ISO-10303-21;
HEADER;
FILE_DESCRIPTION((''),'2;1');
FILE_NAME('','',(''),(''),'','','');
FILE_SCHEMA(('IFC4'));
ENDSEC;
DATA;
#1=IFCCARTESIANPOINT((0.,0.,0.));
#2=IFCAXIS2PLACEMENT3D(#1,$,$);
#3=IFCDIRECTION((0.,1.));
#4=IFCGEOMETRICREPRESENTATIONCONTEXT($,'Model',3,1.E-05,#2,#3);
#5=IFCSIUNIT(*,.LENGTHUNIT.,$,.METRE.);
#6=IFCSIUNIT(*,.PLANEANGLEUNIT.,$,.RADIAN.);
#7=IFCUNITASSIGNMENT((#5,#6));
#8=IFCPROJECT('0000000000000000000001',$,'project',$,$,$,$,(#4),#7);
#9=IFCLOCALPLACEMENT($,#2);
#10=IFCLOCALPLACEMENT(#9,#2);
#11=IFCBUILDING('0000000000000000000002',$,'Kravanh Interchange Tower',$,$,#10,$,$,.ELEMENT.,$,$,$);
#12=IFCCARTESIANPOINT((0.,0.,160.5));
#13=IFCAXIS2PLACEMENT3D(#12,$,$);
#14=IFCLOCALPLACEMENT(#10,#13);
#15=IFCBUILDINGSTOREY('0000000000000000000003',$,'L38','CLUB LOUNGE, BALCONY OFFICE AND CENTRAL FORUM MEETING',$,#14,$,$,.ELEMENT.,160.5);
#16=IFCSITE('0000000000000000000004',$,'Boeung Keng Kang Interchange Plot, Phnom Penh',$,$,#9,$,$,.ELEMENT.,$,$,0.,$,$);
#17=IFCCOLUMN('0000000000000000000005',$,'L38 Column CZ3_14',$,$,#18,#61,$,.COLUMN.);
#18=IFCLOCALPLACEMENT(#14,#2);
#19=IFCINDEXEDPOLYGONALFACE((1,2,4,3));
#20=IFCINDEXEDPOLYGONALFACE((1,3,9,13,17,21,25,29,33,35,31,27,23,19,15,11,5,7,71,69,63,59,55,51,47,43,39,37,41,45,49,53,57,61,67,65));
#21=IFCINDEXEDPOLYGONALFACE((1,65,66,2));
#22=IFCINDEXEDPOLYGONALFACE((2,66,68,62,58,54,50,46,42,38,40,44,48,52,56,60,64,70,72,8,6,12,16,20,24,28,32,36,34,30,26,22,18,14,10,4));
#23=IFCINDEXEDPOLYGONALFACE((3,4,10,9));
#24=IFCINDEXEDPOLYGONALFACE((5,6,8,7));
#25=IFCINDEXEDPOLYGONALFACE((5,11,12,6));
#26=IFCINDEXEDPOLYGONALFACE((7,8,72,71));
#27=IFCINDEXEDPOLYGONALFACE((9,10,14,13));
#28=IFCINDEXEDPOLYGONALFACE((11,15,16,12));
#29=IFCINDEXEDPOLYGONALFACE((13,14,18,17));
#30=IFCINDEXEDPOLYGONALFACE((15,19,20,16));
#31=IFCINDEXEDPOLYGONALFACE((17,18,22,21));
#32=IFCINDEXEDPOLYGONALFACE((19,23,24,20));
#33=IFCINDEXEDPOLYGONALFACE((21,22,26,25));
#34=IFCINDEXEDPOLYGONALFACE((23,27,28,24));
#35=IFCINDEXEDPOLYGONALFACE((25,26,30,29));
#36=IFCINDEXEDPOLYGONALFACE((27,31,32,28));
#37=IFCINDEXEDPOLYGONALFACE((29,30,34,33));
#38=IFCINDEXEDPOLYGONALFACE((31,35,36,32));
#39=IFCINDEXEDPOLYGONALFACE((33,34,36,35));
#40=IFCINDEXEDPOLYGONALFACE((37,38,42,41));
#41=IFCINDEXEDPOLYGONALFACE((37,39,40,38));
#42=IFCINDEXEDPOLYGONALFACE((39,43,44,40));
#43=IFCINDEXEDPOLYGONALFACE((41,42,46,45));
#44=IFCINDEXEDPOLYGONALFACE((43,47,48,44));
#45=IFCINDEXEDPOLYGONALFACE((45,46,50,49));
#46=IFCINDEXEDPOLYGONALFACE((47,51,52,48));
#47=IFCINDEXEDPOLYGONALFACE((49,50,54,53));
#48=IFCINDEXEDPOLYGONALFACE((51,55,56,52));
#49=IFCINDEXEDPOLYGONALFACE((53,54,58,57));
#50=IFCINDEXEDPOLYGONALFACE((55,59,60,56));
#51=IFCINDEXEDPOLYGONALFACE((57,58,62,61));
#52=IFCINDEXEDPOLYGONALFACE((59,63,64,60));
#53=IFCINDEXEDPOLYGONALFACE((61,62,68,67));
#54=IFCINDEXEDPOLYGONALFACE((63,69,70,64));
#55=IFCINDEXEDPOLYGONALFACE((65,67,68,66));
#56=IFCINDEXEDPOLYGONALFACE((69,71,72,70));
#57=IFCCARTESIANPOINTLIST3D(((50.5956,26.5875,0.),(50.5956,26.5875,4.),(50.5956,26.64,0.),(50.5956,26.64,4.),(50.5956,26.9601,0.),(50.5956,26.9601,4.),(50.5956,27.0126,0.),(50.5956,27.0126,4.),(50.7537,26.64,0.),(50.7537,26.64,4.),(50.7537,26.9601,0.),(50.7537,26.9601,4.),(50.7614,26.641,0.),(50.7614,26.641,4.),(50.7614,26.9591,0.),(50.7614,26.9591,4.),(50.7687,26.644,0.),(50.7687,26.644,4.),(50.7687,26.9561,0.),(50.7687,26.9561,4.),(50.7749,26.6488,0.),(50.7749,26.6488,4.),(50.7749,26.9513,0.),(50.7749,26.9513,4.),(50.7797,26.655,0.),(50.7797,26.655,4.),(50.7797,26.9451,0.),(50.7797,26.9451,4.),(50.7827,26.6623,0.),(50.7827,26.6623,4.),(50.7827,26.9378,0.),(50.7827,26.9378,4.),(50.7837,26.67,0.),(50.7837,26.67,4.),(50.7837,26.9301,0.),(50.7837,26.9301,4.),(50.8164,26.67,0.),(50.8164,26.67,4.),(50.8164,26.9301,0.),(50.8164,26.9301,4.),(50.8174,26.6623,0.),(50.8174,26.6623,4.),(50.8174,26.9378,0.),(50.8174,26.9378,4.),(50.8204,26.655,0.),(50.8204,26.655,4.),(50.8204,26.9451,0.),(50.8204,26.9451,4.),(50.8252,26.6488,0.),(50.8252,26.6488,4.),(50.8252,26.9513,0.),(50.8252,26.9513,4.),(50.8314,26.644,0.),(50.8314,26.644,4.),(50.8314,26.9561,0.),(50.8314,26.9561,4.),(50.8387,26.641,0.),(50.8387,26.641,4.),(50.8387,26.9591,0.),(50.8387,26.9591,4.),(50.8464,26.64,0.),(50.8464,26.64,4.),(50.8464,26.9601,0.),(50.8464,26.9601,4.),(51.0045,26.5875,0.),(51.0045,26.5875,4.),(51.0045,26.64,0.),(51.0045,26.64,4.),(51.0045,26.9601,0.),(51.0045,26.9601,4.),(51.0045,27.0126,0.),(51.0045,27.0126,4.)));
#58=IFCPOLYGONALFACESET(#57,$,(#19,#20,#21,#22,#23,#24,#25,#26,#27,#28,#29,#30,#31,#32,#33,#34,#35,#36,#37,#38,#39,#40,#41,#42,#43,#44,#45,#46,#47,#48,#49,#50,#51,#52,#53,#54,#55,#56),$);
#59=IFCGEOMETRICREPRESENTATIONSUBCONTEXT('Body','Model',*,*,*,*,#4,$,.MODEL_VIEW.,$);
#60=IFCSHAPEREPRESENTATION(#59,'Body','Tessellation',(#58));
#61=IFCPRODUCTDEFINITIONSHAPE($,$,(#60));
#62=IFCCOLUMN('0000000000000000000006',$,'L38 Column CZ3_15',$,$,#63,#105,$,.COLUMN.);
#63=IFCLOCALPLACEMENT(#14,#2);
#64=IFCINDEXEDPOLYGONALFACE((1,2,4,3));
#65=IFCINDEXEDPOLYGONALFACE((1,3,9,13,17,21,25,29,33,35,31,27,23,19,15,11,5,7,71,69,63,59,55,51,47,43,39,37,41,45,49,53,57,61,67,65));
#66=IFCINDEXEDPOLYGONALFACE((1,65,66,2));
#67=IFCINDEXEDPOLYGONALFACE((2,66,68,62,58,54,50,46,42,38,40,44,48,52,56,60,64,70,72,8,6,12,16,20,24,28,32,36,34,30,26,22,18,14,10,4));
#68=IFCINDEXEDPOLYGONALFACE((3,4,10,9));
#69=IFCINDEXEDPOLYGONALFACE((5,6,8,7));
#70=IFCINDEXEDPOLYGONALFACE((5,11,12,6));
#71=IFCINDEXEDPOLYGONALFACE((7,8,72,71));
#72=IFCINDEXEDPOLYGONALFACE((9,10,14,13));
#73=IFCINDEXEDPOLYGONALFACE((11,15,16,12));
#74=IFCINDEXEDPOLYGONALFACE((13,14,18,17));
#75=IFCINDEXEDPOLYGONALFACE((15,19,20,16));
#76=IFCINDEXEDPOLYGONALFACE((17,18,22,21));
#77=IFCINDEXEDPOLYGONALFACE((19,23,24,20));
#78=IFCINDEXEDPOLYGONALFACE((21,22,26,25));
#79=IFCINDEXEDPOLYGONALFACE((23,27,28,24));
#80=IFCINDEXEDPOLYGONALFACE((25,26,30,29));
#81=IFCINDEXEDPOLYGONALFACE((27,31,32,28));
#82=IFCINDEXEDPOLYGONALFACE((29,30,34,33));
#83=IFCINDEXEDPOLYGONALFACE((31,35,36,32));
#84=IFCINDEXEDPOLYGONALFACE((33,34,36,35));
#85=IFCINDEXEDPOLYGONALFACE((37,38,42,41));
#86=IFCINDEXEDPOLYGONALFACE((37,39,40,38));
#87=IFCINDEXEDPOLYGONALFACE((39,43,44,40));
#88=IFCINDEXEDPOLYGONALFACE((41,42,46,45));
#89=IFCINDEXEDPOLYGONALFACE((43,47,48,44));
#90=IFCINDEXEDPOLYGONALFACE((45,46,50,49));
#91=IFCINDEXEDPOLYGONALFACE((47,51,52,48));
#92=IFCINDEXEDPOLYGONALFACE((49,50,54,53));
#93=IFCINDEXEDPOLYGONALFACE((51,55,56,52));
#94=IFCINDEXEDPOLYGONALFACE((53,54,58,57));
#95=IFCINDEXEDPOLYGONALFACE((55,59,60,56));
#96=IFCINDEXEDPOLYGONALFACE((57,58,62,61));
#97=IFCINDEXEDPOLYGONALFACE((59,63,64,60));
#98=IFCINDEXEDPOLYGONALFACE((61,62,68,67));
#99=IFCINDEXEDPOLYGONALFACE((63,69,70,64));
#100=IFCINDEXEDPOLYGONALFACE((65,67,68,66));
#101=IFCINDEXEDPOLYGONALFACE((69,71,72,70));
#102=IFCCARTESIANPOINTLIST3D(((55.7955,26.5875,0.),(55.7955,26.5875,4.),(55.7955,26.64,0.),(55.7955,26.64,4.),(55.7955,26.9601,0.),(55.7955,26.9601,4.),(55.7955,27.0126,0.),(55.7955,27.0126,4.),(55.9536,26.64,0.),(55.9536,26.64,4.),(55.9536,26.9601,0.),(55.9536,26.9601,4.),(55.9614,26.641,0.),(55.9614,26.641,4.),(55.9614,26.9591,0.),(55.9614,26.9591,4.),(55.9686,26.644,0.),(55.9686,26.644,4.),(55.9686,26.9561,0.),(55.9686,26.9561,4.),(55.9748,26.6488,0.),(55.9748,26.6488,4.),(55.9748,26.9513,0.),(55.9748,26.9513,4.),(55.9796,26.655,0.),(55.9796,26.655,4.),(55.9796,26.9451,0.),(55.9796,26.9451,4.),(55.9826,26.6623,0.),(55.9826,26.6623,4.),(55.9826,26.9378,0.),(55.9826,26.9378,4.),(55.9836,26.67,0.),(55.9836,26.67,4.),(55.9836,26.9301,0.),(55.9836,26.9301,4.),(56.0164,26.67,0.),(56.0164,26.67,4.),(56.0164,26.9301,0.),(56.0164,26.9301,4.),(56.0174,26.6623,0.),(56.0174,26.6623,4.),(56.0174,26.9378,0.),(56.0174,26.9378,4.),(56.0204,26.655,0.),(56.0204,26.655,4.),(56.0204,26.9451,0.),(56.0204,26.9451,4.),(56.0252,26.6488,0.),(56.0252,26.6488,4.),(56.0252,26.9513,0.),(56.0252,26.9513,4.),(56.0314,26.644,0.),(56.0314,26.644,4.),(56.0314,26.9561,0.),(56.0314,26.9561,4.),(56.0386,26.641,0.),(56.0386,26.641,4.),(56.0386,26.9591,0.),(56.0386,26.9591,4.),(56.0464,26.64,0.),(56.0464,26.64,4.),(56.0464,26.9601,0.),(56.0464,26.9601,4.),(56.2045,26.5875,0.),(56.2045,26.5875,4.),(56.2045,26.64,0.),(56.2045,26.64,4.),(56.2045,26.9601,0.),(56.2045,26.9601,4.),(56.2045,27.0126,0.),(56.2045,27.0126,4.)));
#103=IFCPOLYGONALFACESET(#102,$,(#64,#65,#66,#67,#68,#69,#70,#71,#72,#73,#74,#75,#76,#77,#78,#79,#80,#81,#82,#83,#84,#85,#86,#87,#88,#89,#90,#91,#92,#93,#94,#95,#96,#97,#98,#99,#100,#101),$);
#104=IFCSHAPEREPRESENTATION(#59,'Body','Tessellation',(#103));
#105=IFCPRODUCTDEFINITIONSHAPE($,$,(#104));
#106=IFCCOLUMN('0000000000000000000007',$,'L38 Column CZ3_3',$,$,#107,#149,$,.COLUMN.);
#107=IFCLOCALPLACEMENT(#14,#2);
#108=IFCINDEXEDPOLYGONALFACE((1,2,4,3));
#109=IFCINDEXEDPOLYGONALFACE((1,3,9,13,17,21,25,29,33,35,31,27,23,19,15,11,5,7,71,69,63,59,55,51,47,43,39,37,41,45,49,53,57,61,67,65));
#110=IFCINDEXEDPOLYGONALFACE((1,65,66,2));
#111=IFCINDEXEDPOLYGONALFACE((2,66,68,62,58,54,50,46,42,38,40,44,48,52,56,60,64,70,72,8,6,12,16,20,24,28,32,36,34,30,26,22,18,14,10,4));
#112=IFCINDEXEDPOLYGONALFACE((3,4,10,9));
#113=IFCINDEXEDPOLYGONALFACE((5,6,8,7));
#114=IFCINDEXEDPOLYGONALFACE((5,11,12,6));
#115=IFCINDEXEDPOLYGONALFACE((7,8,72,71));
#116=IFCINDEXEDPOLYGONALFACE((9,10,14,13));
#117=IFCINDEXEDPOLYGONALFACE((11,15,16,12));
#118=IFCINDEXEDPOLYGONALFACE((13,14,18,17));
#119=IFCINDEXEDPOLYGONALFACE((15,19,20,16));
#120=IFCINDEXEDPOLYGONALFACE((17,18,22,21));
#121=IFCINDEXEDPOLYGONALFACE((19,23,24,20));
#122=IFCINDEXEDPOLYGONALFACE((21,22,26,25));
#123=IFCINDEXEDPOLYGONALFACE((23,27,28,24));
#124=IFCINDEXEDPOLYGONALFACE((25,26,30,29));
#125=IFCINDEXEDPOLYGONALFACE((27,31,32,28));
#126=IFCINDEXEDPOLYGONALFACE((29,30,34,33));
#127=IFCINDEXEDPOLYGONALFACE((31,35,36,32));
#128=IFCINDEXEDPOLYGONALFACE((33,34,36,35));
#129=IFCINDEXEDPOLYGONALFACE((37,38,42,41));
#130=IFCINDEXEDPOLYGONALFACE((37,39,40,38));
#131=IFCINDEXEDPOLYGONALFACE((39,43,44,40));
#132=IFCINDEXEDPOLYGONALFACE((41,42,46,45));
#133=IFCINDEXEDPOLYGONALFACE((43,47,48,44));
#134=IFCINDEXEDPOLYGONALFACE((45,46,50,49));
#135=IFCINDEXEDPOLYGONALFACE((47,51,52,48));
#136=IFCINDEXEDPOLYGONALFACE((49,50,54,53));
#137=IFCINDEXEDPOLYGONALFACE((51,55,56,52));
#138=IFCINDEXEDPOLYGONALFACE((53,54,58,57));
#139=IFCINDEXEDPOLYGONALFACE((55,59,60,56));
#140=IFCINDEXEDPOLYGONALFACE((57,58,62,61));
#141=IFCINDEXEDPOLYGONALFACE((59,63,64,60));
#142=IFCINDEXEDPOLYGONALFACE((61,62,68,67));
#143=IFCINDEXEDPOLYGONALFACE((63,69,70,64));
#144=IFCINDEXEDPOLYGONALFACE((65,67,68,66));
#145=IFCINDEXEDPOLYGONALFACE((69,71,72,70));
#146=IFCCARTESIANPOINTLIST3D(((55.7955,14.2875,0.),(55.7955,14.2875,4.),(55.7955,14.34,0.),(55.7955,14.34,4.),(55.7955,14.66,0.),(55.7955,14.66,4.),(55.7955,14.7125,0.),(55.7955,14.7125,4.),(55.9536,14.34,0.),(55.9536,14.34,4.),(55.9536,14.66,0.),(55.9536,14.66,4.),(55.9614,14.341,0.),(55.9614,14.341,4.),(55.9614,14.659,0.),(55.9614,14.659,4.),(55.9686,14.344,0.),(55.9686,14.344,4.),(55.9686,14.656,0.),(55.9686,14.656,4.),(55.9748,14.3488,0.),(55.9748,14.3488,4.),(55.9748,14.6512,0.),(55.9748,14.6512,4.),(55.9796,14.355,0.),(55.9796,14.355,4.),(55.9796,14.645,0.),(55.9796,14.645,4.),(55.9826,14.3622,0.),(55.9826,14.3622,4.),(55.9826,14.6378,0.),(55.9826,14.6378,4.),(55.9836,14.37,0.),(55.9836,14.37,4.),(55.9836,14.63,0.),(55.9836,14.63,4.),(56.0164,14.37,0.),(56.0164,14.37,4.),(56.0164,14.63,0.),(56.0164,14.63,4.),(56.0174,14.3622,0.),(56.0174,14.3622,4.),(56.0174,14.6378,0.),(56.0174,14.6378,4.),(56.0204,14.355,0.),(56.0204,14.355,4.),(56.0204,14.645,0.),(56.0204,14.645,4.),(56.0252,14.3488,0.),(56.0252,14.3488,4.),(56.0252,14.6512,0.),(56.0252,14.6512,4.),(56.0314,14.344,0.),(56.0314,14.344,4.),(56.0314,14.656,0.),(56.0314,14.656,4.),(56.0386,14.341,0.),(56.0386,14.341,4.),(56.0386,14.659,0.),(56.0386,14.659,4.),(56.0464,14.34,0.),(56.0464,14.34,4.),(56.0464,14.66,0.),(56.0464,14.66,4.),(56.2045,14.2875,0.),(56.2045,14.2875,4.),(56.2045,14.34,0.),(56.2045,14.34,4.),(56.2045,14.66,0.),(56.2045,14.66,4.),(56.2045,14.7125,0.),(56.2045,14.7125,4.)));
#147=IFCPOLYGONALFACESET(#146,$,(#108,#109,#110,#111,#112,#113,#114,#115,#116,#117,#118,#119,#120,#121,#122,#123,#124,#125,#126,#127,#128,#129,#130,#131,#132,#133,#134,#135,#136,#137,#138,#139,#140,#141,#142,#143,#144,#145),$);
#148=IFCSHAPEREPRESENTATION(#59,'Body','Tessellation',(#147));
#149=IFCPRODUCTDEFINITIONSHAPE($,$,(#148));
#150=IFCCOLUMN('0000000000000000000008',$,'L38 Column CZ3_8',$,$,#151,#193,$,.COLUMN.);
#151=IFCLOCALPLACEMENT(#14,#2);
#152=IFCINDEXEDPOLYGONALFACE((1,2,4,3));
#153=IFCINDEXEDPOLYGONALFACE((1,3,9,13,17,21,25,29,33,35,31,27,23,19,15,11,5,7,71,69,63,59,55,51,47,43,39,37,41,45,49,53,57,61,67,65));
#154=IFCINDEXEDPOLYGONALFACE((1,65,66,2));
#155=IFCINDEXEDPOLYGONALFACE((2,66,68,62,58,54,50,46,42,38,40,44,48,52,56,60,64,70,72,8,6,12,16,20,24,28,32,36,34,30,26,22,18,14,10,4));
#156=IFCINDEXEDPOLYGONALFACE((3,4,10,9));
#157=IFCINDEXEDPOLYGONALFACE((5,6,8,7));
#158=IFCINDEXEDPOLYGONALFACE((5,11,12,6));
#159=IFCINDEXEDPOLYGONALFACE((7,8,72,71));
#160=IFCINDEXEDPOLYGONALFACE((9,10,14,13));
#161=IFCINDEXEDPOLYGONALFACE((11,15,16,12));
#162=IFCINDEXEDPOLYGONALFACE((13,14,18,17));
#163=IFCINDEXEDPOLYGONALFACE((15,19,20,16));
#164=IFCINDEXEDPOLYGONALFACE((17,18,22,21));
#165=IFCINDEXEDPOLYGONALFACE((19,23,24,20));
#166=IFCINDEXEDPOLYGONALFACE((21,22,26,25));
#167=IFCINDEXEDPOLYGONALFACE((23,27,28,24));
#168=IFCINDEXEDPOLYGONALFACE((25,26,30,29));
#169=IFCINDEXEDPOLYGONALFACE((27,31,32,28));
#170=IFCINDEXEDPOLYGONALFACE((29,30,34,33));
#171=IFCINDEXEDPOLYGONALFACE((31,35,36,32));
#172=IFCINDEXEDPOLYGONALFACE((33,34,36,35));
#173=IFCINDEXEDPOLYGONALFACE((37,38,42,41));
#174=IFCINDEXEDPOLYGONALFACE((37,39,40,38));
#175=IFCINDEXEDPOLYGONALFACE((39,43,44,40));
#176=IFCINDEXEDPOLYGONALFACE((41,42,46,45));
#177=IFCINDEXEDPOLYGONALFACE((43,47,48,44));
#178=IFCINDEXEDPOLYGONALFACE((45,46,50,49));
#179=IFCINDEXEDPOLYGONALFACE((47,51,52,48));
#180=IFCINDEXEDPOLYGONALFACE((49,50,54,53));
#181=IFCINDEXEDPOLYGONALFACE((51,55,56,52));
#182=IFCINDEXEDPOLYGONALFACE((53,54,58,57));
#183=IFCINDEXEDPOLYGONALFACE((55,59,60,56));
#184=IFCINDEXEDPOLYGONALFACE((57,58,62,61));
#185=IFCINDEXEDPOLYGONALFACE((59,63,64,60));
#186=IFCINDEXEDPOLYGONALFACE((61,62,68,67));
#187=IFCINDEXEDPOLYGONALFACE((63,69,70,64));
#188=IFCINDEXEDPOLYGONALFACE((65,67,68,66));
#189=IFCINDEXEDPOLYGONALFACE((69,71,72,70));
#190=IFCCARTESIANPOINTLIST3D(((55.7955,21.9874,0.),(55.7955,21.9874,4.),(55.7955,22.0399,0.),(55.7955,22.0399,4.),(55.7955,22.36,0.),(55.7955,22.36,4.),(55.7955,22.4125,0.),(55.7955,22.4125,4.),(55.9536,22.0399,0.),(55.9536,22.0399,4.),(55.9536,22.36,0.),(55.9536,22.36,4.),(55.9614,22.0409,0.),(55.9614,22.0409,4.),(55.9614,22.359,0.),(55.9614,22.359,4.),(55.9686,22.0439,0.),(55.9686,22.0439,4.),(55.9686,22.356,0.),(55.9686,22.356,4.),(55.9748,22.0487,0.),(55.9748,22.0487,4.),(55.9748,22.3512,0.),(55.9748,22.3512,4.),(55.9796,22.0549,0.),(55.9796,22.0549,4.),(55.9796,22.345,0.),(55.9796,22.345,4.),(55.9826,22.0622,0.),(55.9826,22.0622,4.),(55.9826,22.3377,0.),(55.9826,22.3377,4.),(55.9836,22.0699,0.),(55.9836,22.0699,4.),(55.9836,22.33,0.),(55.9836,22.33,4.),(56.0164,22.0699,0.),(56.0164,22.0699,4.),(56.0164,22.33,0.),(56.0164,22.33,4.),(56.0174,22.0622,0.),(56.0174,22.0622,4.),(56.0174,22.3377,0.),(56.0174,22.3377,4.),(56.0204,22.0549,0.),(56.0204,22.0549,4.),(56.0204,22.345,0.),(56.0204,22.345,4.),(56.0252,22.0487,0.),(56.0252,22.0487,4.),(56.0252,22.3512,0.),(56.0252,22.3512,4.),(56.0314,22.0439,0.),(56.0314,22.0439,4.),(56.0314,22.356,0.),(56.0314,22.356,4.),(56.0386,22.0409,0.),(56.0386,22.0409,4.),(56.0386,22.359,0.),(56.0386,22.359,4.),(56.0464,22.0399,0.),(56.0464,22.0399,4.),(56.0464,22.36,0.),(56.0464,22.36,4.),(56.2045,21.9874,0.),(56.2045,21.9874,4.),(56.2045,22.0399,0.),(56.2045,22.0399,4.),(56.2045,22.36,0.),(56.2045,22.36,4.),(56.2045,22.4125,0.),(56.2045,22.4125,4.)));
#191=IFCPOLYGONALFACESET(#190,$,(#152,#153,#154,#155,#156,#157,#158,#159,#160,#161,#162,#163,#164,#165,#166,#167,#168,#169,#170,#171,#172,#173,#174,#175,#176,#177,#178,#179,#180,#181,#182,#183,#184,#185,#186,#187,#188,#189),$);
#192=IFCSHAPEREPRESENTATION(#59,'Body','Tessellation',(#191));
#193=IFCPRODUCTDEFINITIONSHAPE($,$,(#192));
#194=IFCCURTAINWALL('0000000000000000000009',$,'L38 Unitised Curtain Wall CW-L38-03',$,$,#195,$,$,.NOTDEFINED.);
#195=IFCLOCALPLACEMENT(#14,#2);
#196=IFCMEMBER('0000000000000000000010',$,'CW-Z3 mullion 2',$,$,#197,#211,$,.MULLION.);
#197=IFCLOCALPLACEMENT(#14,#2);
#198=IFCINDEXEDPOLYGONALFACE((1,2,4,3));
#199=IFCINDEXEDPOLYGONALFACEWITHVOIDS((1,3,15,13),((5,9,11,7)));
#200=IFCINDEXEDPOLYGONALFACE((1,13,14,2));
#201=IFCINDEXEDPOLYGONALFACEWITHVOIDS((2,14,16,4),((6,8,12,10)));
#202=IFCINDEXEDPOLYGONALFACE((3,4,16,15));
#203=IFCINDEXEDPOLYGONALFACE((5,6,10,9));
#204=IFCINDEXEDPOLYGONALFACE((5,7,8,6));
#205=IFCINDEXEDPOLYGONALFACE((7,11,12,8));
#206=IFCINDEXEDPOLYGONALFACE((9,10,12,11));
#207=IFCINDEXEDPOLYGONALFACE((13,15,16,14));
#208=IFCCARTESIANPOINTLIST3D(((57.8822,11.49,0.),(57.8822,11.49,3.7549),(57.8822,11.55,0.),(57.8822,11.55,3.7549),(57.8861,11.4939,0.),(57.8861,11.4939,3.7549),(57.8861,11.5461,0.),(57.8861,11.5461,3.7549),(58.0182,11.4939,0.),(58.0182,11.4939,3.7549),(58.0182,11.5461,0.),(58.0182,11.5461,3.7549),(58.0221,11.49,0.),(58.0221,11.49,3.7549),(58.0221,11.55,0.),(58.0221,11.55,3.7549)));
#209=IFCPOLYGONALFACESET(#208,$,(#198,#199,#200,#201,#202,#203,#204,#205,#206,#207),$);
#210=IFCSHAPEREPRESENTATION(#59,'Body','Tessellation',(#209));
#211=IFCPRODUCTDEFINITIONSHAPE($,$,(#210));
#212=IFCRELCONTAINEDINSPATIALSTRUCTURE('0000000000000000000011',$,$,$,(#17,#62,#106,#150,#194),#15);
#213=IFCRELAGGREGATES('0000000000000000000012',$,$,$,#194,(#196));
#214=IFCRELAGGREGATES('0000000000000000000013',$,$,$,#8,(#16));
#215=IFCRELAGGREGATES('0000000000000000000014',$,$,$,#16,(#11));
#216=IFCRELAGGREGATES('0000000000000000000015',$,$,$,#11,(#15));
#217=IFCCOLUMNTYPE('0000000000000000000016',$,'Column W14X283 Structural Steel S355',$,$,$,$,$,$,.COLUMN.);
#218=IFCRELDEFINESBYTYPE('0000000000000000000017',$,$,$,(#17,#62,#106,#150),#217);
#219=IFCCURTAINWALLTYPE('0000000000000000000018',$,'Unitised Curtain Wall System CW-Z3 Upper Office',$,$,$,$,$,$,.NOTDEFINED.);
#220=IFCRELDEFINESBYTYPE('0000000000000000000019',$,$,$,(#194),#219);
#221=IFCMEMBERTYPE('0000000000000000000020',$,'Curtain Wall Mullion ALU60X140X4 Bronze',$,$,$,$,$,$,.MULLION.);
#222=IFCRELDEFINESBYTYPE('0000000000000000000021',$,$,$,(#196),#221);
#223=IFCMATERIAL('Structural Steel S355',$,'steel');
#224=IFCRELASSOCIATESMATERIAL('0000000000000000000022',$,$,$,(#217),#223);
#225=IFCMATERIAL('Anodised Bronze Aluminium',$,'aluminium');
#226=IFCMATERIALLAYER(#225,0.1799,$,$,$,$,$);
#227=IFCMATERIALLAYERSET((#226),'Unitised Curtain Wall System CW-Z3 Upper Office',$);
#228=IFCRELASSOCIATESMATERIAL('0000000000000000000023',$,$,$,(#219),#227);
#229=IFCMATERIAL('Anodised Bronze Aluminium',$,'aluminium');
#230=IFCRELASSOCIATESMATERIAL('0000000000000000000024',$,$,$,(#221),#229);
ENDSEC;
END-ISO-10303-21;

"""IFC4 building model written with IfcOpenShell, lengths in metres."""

from ifc_helpers import new_model, si_unit, direction, frame, origin, origin_2d, place, context, subcontext, project, spatial, hollow_rectangle, i_section, extrude, material, layer, layer_set, material_profile, profile_set, type_object, element, aggregate, save


model = new_model("IFC4")

# Units and contexts
model_context = context("Model", 3, precision=1e-05, world=origin(), true_north=direction((0.0, 1.0)))
body_context = subcontext(model_context, "Body", "Model", "MODEL_VIEW")
ifc_project = project(units=[si_unit("LENGTHUNIT", "METRE"), si_unit("PLANEANGLEUNIT", "RADIAN")], contexts=[model_context])

# Site, building, storey
site_placement = place(None, origin())
site = spatial("IfcSite", under=ifc_project, at=site_placement, Name="Boeung Keng Kang Interchange Plot, Phnom Penh", CompositionType="ELEMENT", RefElevation=0.0)
building_placement = place(site_placement, origin())
building = spatial("IfcBuilding", under=site, at=building_placement, Name="Kravanh Interchange Tower", CompositionType="ELEMENT")
storey_placement = place(building_placement, frame((0.0, 0.0, 160.5)))
storey = spatial("IfcBuildingStorey", under=building, at=storey_placement, Name="L38", Description="CLUB LOUNGE, BALCONY OFFICE AND CENTRAL FORUM MEETING", CompositionType="ELEMENT", Elevation=160.5)

# Columns
ifc_material_1 = material(Name="Structural Steel S355", Category="steel")
ifc_material_profile_1 = material_profile(ifc_material_1, i_section(OverallWidth=0.4089, OverallDepth=0.425, WebThickness=0.0327, FlangeThickness=0.0525, FilletRadius=0.03, at=origin_2d()), Name="W14X283")
ifc_profile_set_1 = profile_set([ifc_material_profile_1], Name="Structural Steel S355")
column_type = type_object("IfcColumnType", Name="Column W14X283 Structural Steel S355", PredefinedType="COLUMN", material=ifc_profile_set_1)
for number, where, z_axis, x_axis, name in (
    (1, (50.8, 26.8, 0.0), (0.0, 0.0, 1.0), (1.0, 0.0, 0.0), "L38 Column CZ3_14"),
    (2, (56.0, 26.8, 0.0), (0.0, 0.0, 1.0), (1.0, 0.0, 0.0), "L38 Column CZ3_15"),
    (3, (56.0, 14.5, 0.0), (0.0, 0.0, 1.0), (1.0, 0.0, 0.0), "L38 Column CZ3_3"),
    (4, (56.0, 22.2, 0.0), (0.0, 0.0, 1.0), (1.0, 0.0, 0.0), "L38 Column CZ3_8"),
):
    element("IfcColumn", number, at=place(storey_placement, frame(where, z_axis=z_axis, x_axis=x_axis)), inside=storey, type_object=column_type, Name=name, PredefinedType="COLUMN", context=body_context, shape_type="SweptSolid", body=[
        extrude(i_section(OverallWidth=0.4089, OverallDepth=0.425, WebThickness=0.0327, FlangeThickness=0.0525, FilletRadius=0.03, at=origin_2d()), origin(), (0.0, 0.0, 1.0), 4.0),
    ])

# Curtain wall, member
ifc_material_2 = material(Name="Anodised Bronze Aluminium", Category="aluminium")
ifc_layer_1 = layer(ifc_material_2, 0.1799)
ifc_layer_set_1 = layer_set([ifc_layer_1], Name="Unitised Curtain Wall System CW-Z3 Upper Office")
curtain_wall_type = type_object("IfcCurtainWallType", Name="Unitised Curtain Wall System CW-Z3 Upper Office", PredefinedType="NOTDEFINED", material=ifc_layer_set_1)
curtain_wall_1_placement = place(storey_placement, origin())
curtain_wall_1 = element("IfcCurtainWall", 5, at=curtain_wall_1_placement, inside=storey, type_object=curtain_wall_type, Name="L38 Unitised Curtain Wall CW-L38-03", PredefinedType="NOTDEFINED")
ifc_material_3 = material(Name="Anodised Bronze Aluminium", Category="aluminium")
ifc_material_profile_2 = material_profile(ifc_material_3, hollow_rectangle(XDim=0.0601, YDim=0.1399, WallThickness=0.0039, at=origin_2d()), Name="ALU60X140X4")
ifc_profile_set_2 = profile_set([ifc_material_profile_2], Name="Anodised Bronze Aluminium")
member_type_1 = type_object("IfcMemberType", Name="Curtain Wall Mullion ALU60X140X4 Bronze", PredefinedType="MULLION", material=ifc_profile_set_2)
member_1_placement = place(storey_placement, frame((57.9521, 11.52, 0.0), z_axis=(0.0, 0.0, 1.0), x_axis=(0.0, -1.0, 0.0)))
member_1 = element("IfcMember", 6, at=member_1_placement, type_object=member_type_1, Name="CW-Z3 mullion 2", PredefinedType="MULLION", context=body_context, shape_type="SweptSolid", body=[
    extrude(hollow_rectangle(XDim=0.0601, YDim=0.1399, WallThickness=0.0039, at=origin_2d()), origin(), (0.0, 0.0, 1.0), 3.7549),
])

aggregate(curtain_wall_1, [member_1])

save(model, "model.ifc")
